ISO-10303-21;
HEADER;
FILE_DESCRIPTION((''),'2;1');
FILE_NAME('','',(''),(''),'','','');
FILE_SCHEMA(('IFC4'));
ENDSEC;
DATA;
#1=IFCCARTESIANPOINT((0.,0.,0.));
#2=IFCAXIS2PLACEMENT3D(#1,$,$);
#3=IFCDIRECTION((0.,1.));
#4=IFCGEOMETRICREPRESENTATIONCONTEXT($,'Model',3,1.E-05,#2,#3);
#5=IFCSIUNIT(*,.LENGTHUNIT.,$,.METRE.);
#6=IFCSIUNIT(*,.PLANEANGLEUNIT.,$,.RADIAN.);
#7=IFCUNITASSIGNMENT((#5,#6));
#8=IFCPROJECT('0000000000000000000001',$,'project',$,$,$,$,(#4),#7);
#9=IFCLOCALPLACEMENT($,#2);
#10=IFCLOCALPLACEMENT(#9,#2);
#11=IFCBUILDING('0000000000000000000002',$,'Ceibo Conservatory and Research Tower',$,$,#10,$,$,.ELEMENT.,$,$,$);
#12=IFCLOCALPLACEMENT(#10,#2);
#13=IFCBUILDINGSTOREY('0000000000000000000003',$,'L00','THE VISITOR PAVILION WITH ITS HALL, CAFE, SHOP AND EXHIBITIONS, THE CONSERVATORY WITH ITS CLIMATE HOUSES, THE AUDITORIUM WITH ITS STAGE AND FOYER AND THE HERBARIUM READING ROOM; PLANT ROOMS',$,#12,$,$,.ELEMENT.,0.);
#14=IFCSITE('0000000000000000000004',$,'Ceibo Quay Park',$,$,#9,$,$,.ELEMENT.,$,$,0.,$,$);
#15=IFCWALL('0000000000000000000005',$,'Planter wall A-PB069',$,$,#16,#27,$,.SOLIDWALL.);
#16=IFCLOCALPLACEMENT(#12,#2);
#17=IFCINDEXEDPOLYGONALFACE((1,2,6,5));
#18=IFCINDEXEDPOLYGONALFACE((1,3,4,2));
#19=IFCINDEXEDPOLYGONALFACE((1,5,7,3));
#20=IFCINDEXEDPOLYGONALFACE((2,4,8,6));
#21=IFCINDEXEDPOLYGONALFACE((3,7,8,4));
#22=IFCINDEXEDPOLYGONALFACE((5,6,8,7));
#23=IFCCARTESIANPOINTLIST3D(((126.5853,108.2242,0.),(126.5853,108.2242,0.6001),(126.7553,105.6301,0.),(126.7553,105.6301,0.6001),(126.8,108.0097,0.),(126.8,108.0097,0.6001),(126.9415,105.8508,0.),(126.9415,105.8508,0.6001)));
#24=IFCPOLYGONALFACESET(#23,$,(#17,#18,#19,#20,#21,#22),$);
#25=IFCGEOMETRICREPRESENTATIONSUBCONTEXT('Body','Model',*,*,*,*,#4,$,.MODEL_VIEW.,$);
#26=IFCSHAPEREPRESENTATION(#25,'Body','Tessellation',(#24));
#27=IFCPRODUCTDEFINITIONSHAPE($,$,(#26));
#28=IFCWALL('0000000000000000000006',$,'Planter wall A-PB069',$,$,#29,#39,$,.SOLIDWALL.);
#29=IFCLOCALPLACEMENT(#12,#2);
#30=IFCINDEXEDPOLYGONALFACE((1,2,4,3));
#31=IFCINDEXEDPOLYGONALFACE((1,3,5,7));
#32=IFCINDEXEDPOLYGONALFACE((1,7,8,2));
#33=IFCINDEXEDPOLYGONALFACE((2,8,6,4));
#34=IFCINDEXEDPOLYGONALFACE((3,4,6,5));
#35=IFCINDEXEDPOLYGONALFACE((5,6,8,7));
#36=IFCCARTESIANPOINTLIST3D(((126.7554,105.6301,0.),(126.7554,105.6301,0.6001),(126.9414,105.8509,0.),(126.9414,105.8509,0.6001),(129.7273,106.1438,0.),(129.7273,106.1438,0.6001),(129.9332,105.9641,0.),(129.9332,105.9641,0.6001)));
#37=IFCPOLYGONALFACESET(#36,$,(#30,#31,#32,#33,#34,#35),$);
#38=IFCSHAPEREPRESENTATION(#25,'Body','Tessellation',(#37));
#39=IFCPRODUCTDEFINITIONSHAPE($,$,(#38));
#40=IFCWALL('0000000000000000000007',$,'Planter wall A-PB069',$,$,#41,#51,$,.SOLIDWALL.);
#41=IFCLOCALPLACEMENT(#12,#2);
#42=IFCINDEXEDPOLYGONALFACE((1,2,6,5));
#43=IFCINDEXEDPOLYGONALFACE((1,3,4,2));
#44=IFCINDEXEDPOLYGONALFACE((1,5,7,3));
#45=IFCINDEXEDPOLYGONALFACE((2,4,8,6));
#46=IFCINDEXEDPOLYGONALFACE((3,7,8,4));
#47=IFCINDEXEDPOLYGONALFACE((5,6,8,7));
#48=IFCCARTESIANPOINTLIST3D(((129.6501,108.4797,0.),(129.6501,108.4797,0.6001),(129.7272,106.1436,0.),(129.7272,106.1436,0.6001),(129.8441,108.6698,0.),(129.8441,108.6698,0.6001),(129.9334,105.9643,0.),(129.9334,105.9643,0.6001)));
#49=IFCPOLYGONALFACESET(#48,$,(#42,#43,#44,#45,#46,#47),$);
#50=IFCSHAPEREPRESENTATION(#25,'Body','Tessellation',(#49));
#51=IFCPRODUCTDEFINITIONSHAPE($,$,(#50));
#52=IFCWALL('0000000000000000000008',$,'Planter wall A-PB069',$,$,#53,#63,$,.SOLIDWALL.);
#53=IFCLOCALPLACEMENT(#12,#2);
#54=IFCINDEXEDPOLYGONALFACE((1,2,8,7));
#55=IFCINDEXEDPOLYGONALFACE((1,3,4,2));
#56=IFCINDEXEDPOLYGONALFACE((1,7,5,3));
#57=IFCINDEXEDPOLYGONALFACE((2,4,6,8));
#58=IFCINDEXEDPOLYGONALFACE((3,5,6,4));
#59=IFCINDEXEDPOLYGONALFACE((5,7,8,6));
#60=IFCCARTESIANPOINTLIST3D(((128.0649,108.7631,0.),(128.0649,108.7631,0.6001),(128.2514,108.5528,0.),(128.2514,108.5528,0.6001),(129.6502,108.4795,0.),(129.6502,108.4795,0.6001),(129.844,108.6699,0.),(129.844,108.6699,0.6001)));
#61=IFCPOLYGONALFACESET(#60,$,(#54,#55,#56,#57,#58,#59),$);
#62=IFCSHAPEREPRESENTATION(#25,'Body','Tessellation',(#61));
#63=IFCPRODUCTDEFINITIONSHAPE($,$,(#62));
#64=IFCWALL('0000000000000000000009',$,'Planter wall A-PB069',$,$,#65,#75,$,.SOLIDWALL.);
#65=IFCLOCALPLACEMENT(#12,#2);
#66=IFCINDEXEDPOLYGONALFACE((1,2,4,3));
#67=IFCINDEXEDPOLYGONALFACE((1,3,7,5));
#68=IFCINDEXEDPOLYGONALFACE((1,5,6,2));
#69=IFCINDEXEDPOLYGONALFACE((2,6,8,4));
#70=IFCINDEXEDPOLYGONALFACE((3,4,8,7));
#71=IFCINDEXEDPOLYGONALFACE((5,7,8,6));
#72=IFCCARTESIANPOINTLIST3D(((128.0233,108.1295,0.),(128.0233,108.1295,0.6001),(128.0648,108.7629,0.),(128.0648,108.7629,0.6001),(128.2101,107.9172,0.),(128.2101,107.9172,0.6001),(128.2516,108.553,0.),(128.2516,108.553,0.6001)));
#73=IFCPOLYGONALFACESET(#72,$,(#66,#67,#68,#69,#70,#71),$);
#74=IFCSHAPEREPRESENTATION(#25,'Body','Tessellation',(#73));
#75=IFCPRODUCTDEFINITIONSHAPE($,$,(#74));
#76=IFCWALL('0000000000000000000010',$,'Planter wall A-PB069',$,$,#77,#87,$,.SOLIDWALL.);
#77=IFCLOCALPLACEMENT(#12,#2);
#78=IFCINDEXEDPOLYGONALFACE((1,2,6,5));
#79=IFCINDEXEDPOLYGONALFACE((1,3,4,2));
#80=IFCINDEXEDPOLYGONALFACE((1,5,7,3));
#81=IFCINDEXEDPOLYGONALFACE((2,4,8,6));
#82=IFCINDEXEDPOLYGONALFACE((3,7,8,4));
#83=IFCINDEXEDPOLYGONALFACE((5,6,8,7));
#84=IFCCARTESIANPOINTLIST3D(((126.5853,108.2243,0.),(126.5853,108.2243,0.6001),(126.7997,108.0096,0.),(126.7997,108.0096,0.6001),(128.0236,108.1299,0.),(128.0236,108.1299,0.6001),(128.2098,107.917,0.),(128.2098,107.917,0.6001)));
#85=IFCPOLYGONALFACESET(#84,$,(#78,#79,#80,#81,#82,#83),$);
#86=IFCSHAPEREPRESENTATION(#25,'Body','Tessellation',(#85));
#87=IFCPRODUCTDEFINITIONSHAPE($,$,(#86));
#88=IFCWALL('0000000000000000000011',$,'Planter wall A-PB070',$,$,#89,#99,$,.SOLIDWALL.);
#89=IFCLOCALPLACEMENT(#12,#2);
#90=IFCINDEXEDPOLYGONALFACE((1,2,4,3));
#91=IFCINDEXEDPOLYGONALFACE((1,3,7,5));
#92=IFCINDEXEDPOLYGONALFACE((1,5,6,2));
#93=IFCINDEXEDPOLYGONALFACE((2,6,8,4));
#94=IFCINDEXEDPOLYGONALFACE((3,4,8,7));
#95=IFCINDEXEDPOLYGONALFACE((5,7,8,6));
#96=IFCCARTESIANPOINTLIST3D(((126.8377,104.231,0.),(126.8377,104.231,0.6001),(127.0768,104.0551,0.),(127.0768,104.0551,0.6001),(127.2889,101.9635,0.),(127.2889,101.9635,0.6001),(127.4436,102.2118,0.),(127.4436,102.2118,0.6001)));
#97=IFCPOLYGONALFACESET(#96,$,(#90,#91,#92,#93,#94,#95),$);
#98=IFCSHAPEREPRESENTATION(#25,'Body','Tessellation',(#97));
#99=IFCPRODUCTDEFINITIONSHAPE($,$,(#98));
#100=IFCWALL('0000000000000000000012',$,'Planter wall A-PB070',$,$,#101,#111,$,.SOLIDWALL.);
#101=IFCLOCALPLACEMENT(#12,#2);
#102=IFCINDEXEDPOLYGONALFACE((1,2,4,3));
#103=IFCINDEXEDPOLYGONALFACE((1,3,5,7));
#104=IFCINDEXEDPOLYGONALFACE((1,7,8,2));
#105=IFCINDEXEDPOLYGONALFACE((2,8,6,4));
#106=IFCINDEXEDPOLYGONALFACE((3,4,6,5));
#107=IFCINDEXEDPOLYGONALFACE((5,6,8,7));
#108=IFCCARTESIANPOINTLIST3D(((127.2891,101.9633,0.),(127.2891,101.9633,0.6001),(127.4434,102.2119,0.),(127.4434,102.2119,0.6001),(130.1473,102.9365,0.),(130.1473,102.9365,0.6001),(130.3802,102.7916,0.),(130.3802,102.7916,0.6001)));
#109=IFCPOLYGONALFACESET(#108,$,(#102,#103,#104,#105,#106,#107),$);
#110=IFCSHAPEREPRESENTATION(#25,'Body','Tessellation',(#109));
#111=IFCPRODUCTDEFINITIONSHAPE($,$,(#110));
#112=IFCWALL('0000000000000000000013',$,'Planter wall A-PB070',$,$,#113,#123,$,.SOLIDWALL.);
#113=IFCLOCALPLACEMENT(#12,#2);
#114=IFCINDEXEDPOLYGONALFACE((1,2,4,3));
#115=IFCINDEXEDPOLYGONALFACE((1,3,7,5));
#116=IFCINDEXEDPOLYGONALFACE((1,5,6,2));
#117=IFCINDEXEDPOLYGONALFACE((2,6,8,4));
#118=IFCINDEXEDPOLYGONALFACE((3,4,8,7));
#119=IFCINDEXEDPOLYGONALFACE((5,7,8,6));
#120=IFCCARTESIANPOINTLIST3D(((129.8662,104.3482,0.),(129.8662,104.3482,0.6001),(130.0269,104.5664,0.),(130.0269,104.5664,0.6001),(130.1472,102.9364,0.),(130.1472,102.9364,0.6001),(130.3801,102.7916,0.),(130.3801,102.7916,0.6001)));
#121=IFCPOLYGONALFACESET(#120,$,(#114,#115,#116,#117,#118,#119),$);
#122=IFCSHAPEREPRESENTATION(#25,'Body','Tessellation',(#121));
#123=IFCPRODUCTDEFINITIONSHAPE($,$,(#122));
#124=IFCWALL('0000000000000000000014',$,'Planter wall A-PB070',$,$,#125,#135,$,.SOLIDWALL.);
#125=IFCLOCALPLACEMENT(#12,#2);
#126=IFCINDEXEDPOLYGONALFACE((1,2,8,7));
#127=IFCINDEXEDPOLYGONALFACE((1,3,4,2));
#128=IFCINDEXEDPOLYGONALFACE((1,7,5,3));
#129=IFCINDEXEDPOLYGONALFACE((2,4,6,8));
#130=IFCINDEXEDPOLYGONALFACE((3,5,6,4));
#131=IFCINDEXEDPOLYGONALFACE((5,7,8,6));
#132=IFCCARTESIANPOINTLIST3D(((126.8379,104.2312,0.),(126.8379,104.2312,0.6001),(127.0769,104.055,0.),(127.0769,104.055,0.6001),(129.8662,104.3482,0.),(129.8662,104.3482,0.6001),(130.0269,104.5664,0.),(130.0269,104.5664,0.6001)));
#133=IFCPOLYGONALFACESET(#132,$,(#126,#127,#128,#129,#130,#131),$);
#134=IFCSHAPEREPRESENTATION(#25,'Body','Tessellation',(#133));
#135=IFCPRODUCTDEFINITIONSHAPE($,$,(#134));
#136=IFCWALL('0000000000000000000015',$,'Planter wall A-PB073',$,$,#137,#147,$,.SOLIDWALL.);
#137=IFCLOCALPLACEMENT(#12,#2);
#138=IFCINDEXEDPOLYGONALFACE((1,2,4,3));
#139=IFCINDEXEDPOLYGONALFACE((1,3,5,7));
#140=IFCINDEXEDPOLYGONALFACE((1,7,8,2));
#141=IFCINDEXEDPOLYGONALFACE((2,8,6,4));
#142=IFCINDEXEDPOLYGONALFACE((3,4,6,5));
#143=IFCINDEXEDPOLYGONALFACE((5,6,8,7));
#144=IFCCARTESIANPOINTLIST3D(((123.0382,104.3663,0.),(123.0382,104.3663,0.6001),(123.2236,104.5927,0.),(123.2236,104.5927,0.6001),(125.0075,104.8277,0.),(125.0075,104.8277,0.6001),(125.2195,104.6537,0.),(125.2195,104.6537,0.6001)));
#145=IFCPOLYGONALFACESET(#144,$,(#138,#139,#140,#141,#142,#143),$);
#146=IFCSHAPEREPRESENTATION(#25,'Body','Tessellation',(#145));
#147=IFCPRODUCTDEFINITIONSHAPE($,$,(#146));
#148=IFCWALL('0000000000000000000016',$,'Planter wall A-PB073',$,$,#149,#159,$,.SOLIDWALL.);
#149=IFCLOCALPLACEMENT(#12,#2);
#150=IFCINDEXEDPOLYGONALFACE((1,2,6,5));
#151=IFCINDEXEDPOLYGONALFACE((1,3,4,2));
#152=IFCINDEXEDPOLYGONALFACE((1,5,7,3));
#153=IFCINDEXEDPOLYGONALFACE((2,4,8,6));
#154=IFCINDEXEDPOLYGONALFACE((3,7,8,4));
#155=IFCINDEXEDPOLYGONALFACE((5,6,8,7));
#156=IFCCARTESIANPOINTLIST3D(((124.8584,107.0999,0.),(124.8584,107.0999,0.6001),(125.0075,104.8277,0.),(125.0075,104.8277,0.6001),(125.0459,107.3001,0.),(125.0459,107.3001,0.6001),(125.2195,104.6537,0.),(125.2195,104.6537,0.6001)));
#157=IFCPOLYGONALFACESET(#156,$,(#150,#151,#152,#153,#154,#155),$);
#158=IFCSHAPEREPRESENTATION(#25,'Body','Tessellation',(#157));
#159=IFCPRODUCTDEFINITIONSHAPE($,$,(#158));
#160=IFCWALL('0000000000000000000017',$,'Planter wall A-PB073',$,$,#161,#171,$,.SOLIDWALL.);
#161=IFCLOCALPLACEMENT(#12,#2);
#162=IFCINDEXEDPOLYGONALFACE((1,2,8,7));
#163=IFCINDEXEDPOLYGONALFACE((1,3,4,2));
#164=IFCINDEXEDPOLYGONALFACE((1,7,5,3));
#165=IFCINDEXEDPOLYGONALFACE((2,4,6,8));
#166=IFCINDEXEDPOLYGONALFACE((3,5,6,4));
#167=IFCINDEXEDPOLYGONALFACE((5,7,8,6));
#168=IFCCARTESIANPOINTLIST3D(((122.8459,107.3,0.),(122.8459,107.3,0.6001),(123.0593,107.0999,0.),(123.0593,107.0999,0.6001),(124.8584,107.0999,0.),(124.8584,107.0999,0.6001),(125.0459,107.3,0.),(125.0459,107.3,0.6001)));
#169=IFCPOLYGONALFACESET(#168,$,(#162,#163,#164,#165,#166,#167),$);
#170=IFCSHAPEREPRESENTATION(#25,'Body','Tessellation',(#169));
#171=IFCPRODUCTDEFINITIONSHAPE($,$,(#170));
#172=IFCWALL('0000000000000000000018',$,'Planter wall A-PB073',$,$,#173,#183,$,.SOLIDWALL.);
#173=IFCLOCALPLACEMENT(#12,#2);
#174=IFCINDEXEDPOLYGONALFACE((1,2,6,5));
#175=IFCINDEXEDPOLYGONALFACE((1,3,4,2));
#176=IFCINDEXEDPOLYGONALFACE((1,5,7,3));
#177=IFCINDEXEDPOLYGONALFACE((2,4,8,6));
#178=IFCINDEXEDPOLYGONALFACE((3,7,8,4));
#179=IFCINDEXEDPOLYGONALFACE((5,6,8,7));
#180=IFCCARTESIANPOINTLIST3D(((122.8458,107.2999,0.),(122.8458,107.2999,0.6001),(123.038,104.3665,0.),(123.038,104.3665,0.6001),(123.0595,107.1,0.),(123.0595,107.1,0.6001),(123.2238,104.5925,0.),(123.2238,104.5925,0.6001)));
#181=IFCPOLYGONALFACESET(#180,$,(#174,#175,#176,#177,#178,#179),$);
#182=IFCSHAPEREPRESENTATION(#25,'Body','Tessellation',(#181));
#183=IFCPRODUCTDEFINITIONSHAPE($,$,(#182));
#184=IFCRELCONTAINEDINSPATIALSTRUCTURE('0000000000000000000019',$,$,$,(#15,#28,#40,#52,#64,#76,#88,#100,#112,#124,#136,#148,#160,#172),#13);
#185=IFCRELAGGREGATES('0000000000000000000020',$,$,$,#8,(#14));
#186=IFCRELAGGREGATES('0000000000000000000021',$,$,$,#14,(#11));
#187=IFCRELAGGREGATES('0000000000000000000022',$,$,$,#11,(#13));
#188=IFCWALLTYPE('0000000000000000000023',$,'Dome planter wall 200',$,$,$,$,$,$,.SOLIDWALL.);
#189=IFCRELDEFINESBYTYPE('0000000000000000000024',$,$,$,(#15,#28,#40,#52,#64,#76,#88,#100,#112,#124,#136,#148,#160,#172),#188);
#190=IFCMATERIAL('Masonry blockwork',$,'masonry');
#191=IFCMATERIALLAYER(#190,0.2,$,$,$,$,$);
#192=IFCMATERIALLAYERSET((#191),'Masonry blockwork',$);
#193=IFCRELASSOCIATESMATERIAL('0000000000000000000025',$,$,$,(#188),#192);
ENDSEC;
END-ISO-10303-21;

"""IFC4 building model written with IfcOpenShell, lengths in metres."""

from ifc_helpers import new_model, si_unit, direction, frame, origin, place, context, subcontext, project, spatial, polyline, outline, extrude, material, layer, layer_set, type_object, element, save


model = new_model("IFC4")

# Units and contexts
model_context = context("Model", 3, precision=1e-05, world=origin(), true_north=direction((0.0, 1.0)))
body_context = subcontext(model_context, "Body", "Model", "MODEL_VIEW")
ifc_project = project(units=[si_unit("LENGTHUNIT", "METRE"), si_unit("PLANEANGLEUNIT", "RADIAN")], contexts=[model_context])

# Site, building, storey
site_placement = place(None, origin())
site = spatial("IfcSite", under=ifc_project, at=site_placement, Name="Ceibo Quay Park", CompositionType="ELEMENT", RefElevation=0.0)
building_placement = place(site_placement, origin())
building = spatial("IfcBuilding", under=site, at=building_placement, Name="Ceibo Conservatory and Research Tower", CompositionType="ELEMENT")
storey_placement = place(building_placement, origin())
storey = spatial("IfcBuildingStorey", under=building, at=storey_placement, Name="L00", Description="THE VISITOR PAVILION WITH ITS HALL, CAFE, SHOP AND EXHIBITIONS, THE CONSERVATORY WITH ITS CLIMATE HOUSES, THE AUDITORIUM WITH ITS STAGE AND FOYER AND THE HERBARIUM READING ROOM; PLANT ROOMS", CompositionType="ELEMENT", Elevation=0.0)

# Walls
ifc_material_1 = material(Name="Masonry blockwork", Category="masonry")
ifc_layer_1 = layer(ifc_material_1, 0.2)
ifc_layer_set_1 = layer_set([ifc_layer_1], Name="Masonry blockwork")
wall_type_1 = type_object("IfcWallType", Name="Dome planter wall 200", PredefinedType="SOLIDWALL", material=ifc_layer_set_1)
wall_1_placement = place(storey_placement, frame((126.6926, 108.1169, 0.0), z_axis=(0.0, 0.0, 1.0), x_axis=(0.065403, -0.997859, 0.0)))
element("IfcWall", 1, at=wall_1_placement, inside=storey, type_object=wall_type_1, Name="Planter wall A-PB069", PredefinedType="SOLIDWALL", context=body_context, shape_type="SweptSolid", body=[
    extrude(outline(polyline([(-0.114, -0.1001), (2.4856, -0.1001), (2.2776, 0.1001), (0.114, 0.1001), (-0.114, -0.1001)])), origin(), (0.0, 0.0, 1.0), 0.6001),
])
wall_2_placement = place(storey_placement, frame((126.8484, 105.7405, 0.0), z_axis=(0.0, 0.0, 1.0), x_axis=(0.99452, 0.104549, 0.0)))
element("IfcWall", 2, at=wall_2_placement, inside=storey, type_object=wall_type_1, Name="Planter wall A-PB069", PredefinedType="SOLIDWALL", context=body_context, shape_type="SweptSolid", body=[
    extrude(outline(polyline([(-0.104, -0.1001), (3.0913, -0.1001), (2.9053, 0.1001), (0.104, 0.1001), (-0.104, -0.1001)])), origin(), (0.0, 0.0, 1.0), 0.6001),
])
wall_3_placement = place(storey_placement, frame((129.8303, 106.054, 0.0), z_axis=(0.0, 0.0, 1.0), x_axis=(-0.033009, 0.999455, 0.0)))
element("IfcWall", 3, at=wall_3_placement, inside=storey, type_object=wall_type_1, Name="Planter wall A-PB069", PredefinedType="SOLIDWALL", context=body_context, shape_type="SweptSolid", body=[
    extrude(outline(polyline([(-0.093, -0.1001), (2.614, -0.1001), (2.4304, 0.1001), (0.093, 0.1001), (-0.093, -0.1001)])), origin(), (0.0, 0.0, 1.0), 0.6001),
])
wall_4_placement = place(storey_placement, frame((129.7471, 108.5747, 0.0), z_axis=(0.0, 0.0, 1.0), x_axis=(-0.99863, 0.052325, 0.0)))
element("IfcWall", 4, at=wall_4_placement, inside=storey, type_object=wall_type_1, Name="Planter wall A-PB069", PredefinedType="SOLIDWALL", context=body_context, shape_type="SweptSolid", body=[
    extrude(outline(polyline([(-0.0918, -0.1001), (1.6897, -0.1001), (1.4924, 0.1001), (0.0918, 0.1001), (-0.0918, -0.1001)])), origin(), (0.0, 0.0, 1.0), 0.6001),
])
wall_5_placement = place(storey_placement, frame((128.1582, 108.658, 0.0), z_axis=(0.0, 0.0, 1.0), x_axis=(-0.06527, -0.997868, 0.0)))
element("IfcWall", 5, at=wall_5_placement, inside=storey, type_object=wall_type_1, Name="Planter wall A-PB069", PredefinedType="SOLIDWALL", context=body_context, shape_type="SweptSolid", body=[
    extrude(outline(polyline([(-0.0986, -0.1001), (0.5361, -0.1001), (0.7358, 0.1001), (0.0986, 0.1001), (-0.0986, -0.1001)])), origin(), (0.0, 0.0, 1.0), 0.6001),
])
wall_6_placement = place(storey_placement, frame((128.1167, 108.0234, 0.0), z_axis=(0.0, 0.0, 1.0), x_axis=(-0.997851, 0.06552, 0.0)))
element("IfcWall", 6, at=wall_6_placement, inside=storey, type_object=wall_type_1, Name="Planter wall A-PB069", PredefinedType="SOLIDWALL", context=body_context, shape_type="SweptSolid", body=[
    extrude(outline(polyline([(0.0999, -0.1001), (1.5413, -0.1001), (1.3132, 0.1001), (-0.0999, 0.1001), (0.0999, -0.1001)])), origin(), (0.0, 0.0, 1.0), 0.6001),
])
wall_7_placement = place(storey_placement, frame((126.9573, 104.1431, 0.0), z_axis=(0.0, 0.0, 1.0), x_axis=(0.19513, -0.980777, 0.0)))
element("IfcWall", 7, at=wall_7_placement, inside=storey, type_object=wall_type_1, Name="Planter wall A-PB070", PredefinedType="SOLIDWALL", context=body_context, shape_type="SweptSolid", body=[
    extrude(outline(polyline([(-0.1096, -0.1001), (2.2024, -0.1001), (1.989, 0.1001), (0.1096, 0.1001), (-0.1096, -0.1001)])), origin(), (0.0, 0.0, 1.0), 0.6001),
])
wall_8_placement = place(storey_placement, frame((127.3662, 102.0876, 0.0), z_axis=(0.0, 0.0, 1.0), x_axis=(0.965926, 0.258817, 0.0)))
element("IfcWall", 8, at=wall_8_placement, inside=storey, type_object=wall_type_1, Name="Planter wall A-PB070", PredefinedType="SOLIDWALL", context=body_context, shape_type="SweptSolid", body=[
    extrude(outline(polyline([(-0.1067, -0.1001), (3.0935, -0.1001), (2.906, 0.1001), (0.1067, 0.1001), (-0.1067, -0.1001)])), origin(), (0.0, 0.0, 1.0), 0.6001),
])
wall_9_placement = place(storey_placement, frame((130.2637, 102.864, 0.0), z_axis=(0.0, 0.0, 1.0), x_axis=(-0.19522, 0.980759, 0.0)))
element("IfcWall", 9, at=wall_9_placement, inside=storey, type_object=wall_type_1, Name="Planter wall A-PB070", PredefinedType="SOLIDWALL", context=body_context, shape_type="SweptSolid", body=[
    extrude(outline(polyline([(-0.0938, -0.1001), (1.7158, -0.1001), (1.5332, 0.1001), (0.0938, 0.1001), (-0.0938, -0.1001)])), origin(), (0.0, 0.0, 1.0), 0.6001),
])
wall_10_placement = place(storey_placement, frame((129.9465, 104.4573, 0.0), z_axis=(0.0, 0.0, 1.0), x_axis=(-0.994521, -0.104537, 0.0)))
element("IfcWall", 10, at=wall_10_placement, inside=storey, type_object=wall_type_1, Name="Planter wall A-PB070", PredefinedType="SOLIDWALL", context=body_context, shape_type="SweptSolid", body=[
    extrude(outline(polyline([(-0.0913, -0.1001), (3.1152, -0.1001), (2.896, 0.1001), (0.0913, 0.1001), (-0.0913, -0.1001)])), origin(), (0.0, 0.0, 1.0), 0.6001),
])
wall_11_placement = place(storey_placement, frame((123.1309, 104.4795, 0.0), z_axis=(0.0, 0.0, 1.0), x_axis=(0.991431, 0.130628, 0.0)))
element("IfcWall", 11, at=wall_11_placement, inside=storey, type_object=wall_type_1, Name="Planter wall A-PB073", PredefinedType="SOLIDWALL", context=body_context, shape_type="SweptSolid", body=[
    extrude(outline(polyline([(-0.1067, -0.1001), (2.0935, -0.1001), (1.906, 0.1001), (0.1067, 0.1001), (-0.1067, -0.1001)])), origin(), (0.0, 0.0, 1.0), 0.6001),
])
wall_12_placement = place(storey_placement, frame((125.1135, 104.7407, 0.0), z_axis=(0.0, 0.0, 1.0), x_axis=(-0.06548, 0.997854, 0.0)))
element("IfcWall", 12, at=wall_12_placement, inside=storey, type_object=wall_type_1, Name="Planter wall A-PB073", PredefinedType="SOLIDWALL", context=body_context, shape_type="SweptSolid", body=[
    extrude(outline(polyline([(-0.0938, -0.1001), (2.5583, -0.1001), (2.3708, 0.1001), (0.0938, 0.1001), (-0.0938, -0.1001)])), origin(), (0.0, 0.0, 1.0), 0.6001),
])
wall_13_placement = place(storey_placement, frame((124.9521, 107.2, 0.0), z_axis=(0.0, 0.0, 1.0), x_axis=(-1.0, 0.0, 0.0)))
element("IfcWall", 13, at=wall_13_placement, inside=storey, type_object=wall_type_1, Name="Planter wall A-PB073", PredefinedType="SOLIDWALL", context=body_context, shape_type="SweptSolid", body=[
    extrude(outline(polyline([(-0.0938, -0.1001), (2.1062, -0.1001), (1.8928, 0.1001), (0.0938, 0.1001), (-0.0938, -0.1001)])), origin(), (0.0, 0.0, 1.0), 0.6001),
])
wall_14_placement = place(storey_placement, frame((122.9526, 107.2, 0.0), z_axis=(0.0, 0.0, 1.0), x_axis=(0.065372, -0.997861, 0.0)))
element("IfcWall", 14, at=wall_14_placement, inside=storey, type_object=wall_type_1, Name="Planter wall A-PB073", PredefinedType="SOLIDWALL", context=body_context, shape_type="SweptSolid", body=[
    extrude(outline(polyline([(-0.1067, -0.1001), (2.833, -0.1001), (2.6196, 0.1001), (0.1067, 0.1001), (-0.1067, -0.1001)])), origin(), (0.0, 0.0, 1.0), 0.6001),
])

save(model, "model.ifc")
